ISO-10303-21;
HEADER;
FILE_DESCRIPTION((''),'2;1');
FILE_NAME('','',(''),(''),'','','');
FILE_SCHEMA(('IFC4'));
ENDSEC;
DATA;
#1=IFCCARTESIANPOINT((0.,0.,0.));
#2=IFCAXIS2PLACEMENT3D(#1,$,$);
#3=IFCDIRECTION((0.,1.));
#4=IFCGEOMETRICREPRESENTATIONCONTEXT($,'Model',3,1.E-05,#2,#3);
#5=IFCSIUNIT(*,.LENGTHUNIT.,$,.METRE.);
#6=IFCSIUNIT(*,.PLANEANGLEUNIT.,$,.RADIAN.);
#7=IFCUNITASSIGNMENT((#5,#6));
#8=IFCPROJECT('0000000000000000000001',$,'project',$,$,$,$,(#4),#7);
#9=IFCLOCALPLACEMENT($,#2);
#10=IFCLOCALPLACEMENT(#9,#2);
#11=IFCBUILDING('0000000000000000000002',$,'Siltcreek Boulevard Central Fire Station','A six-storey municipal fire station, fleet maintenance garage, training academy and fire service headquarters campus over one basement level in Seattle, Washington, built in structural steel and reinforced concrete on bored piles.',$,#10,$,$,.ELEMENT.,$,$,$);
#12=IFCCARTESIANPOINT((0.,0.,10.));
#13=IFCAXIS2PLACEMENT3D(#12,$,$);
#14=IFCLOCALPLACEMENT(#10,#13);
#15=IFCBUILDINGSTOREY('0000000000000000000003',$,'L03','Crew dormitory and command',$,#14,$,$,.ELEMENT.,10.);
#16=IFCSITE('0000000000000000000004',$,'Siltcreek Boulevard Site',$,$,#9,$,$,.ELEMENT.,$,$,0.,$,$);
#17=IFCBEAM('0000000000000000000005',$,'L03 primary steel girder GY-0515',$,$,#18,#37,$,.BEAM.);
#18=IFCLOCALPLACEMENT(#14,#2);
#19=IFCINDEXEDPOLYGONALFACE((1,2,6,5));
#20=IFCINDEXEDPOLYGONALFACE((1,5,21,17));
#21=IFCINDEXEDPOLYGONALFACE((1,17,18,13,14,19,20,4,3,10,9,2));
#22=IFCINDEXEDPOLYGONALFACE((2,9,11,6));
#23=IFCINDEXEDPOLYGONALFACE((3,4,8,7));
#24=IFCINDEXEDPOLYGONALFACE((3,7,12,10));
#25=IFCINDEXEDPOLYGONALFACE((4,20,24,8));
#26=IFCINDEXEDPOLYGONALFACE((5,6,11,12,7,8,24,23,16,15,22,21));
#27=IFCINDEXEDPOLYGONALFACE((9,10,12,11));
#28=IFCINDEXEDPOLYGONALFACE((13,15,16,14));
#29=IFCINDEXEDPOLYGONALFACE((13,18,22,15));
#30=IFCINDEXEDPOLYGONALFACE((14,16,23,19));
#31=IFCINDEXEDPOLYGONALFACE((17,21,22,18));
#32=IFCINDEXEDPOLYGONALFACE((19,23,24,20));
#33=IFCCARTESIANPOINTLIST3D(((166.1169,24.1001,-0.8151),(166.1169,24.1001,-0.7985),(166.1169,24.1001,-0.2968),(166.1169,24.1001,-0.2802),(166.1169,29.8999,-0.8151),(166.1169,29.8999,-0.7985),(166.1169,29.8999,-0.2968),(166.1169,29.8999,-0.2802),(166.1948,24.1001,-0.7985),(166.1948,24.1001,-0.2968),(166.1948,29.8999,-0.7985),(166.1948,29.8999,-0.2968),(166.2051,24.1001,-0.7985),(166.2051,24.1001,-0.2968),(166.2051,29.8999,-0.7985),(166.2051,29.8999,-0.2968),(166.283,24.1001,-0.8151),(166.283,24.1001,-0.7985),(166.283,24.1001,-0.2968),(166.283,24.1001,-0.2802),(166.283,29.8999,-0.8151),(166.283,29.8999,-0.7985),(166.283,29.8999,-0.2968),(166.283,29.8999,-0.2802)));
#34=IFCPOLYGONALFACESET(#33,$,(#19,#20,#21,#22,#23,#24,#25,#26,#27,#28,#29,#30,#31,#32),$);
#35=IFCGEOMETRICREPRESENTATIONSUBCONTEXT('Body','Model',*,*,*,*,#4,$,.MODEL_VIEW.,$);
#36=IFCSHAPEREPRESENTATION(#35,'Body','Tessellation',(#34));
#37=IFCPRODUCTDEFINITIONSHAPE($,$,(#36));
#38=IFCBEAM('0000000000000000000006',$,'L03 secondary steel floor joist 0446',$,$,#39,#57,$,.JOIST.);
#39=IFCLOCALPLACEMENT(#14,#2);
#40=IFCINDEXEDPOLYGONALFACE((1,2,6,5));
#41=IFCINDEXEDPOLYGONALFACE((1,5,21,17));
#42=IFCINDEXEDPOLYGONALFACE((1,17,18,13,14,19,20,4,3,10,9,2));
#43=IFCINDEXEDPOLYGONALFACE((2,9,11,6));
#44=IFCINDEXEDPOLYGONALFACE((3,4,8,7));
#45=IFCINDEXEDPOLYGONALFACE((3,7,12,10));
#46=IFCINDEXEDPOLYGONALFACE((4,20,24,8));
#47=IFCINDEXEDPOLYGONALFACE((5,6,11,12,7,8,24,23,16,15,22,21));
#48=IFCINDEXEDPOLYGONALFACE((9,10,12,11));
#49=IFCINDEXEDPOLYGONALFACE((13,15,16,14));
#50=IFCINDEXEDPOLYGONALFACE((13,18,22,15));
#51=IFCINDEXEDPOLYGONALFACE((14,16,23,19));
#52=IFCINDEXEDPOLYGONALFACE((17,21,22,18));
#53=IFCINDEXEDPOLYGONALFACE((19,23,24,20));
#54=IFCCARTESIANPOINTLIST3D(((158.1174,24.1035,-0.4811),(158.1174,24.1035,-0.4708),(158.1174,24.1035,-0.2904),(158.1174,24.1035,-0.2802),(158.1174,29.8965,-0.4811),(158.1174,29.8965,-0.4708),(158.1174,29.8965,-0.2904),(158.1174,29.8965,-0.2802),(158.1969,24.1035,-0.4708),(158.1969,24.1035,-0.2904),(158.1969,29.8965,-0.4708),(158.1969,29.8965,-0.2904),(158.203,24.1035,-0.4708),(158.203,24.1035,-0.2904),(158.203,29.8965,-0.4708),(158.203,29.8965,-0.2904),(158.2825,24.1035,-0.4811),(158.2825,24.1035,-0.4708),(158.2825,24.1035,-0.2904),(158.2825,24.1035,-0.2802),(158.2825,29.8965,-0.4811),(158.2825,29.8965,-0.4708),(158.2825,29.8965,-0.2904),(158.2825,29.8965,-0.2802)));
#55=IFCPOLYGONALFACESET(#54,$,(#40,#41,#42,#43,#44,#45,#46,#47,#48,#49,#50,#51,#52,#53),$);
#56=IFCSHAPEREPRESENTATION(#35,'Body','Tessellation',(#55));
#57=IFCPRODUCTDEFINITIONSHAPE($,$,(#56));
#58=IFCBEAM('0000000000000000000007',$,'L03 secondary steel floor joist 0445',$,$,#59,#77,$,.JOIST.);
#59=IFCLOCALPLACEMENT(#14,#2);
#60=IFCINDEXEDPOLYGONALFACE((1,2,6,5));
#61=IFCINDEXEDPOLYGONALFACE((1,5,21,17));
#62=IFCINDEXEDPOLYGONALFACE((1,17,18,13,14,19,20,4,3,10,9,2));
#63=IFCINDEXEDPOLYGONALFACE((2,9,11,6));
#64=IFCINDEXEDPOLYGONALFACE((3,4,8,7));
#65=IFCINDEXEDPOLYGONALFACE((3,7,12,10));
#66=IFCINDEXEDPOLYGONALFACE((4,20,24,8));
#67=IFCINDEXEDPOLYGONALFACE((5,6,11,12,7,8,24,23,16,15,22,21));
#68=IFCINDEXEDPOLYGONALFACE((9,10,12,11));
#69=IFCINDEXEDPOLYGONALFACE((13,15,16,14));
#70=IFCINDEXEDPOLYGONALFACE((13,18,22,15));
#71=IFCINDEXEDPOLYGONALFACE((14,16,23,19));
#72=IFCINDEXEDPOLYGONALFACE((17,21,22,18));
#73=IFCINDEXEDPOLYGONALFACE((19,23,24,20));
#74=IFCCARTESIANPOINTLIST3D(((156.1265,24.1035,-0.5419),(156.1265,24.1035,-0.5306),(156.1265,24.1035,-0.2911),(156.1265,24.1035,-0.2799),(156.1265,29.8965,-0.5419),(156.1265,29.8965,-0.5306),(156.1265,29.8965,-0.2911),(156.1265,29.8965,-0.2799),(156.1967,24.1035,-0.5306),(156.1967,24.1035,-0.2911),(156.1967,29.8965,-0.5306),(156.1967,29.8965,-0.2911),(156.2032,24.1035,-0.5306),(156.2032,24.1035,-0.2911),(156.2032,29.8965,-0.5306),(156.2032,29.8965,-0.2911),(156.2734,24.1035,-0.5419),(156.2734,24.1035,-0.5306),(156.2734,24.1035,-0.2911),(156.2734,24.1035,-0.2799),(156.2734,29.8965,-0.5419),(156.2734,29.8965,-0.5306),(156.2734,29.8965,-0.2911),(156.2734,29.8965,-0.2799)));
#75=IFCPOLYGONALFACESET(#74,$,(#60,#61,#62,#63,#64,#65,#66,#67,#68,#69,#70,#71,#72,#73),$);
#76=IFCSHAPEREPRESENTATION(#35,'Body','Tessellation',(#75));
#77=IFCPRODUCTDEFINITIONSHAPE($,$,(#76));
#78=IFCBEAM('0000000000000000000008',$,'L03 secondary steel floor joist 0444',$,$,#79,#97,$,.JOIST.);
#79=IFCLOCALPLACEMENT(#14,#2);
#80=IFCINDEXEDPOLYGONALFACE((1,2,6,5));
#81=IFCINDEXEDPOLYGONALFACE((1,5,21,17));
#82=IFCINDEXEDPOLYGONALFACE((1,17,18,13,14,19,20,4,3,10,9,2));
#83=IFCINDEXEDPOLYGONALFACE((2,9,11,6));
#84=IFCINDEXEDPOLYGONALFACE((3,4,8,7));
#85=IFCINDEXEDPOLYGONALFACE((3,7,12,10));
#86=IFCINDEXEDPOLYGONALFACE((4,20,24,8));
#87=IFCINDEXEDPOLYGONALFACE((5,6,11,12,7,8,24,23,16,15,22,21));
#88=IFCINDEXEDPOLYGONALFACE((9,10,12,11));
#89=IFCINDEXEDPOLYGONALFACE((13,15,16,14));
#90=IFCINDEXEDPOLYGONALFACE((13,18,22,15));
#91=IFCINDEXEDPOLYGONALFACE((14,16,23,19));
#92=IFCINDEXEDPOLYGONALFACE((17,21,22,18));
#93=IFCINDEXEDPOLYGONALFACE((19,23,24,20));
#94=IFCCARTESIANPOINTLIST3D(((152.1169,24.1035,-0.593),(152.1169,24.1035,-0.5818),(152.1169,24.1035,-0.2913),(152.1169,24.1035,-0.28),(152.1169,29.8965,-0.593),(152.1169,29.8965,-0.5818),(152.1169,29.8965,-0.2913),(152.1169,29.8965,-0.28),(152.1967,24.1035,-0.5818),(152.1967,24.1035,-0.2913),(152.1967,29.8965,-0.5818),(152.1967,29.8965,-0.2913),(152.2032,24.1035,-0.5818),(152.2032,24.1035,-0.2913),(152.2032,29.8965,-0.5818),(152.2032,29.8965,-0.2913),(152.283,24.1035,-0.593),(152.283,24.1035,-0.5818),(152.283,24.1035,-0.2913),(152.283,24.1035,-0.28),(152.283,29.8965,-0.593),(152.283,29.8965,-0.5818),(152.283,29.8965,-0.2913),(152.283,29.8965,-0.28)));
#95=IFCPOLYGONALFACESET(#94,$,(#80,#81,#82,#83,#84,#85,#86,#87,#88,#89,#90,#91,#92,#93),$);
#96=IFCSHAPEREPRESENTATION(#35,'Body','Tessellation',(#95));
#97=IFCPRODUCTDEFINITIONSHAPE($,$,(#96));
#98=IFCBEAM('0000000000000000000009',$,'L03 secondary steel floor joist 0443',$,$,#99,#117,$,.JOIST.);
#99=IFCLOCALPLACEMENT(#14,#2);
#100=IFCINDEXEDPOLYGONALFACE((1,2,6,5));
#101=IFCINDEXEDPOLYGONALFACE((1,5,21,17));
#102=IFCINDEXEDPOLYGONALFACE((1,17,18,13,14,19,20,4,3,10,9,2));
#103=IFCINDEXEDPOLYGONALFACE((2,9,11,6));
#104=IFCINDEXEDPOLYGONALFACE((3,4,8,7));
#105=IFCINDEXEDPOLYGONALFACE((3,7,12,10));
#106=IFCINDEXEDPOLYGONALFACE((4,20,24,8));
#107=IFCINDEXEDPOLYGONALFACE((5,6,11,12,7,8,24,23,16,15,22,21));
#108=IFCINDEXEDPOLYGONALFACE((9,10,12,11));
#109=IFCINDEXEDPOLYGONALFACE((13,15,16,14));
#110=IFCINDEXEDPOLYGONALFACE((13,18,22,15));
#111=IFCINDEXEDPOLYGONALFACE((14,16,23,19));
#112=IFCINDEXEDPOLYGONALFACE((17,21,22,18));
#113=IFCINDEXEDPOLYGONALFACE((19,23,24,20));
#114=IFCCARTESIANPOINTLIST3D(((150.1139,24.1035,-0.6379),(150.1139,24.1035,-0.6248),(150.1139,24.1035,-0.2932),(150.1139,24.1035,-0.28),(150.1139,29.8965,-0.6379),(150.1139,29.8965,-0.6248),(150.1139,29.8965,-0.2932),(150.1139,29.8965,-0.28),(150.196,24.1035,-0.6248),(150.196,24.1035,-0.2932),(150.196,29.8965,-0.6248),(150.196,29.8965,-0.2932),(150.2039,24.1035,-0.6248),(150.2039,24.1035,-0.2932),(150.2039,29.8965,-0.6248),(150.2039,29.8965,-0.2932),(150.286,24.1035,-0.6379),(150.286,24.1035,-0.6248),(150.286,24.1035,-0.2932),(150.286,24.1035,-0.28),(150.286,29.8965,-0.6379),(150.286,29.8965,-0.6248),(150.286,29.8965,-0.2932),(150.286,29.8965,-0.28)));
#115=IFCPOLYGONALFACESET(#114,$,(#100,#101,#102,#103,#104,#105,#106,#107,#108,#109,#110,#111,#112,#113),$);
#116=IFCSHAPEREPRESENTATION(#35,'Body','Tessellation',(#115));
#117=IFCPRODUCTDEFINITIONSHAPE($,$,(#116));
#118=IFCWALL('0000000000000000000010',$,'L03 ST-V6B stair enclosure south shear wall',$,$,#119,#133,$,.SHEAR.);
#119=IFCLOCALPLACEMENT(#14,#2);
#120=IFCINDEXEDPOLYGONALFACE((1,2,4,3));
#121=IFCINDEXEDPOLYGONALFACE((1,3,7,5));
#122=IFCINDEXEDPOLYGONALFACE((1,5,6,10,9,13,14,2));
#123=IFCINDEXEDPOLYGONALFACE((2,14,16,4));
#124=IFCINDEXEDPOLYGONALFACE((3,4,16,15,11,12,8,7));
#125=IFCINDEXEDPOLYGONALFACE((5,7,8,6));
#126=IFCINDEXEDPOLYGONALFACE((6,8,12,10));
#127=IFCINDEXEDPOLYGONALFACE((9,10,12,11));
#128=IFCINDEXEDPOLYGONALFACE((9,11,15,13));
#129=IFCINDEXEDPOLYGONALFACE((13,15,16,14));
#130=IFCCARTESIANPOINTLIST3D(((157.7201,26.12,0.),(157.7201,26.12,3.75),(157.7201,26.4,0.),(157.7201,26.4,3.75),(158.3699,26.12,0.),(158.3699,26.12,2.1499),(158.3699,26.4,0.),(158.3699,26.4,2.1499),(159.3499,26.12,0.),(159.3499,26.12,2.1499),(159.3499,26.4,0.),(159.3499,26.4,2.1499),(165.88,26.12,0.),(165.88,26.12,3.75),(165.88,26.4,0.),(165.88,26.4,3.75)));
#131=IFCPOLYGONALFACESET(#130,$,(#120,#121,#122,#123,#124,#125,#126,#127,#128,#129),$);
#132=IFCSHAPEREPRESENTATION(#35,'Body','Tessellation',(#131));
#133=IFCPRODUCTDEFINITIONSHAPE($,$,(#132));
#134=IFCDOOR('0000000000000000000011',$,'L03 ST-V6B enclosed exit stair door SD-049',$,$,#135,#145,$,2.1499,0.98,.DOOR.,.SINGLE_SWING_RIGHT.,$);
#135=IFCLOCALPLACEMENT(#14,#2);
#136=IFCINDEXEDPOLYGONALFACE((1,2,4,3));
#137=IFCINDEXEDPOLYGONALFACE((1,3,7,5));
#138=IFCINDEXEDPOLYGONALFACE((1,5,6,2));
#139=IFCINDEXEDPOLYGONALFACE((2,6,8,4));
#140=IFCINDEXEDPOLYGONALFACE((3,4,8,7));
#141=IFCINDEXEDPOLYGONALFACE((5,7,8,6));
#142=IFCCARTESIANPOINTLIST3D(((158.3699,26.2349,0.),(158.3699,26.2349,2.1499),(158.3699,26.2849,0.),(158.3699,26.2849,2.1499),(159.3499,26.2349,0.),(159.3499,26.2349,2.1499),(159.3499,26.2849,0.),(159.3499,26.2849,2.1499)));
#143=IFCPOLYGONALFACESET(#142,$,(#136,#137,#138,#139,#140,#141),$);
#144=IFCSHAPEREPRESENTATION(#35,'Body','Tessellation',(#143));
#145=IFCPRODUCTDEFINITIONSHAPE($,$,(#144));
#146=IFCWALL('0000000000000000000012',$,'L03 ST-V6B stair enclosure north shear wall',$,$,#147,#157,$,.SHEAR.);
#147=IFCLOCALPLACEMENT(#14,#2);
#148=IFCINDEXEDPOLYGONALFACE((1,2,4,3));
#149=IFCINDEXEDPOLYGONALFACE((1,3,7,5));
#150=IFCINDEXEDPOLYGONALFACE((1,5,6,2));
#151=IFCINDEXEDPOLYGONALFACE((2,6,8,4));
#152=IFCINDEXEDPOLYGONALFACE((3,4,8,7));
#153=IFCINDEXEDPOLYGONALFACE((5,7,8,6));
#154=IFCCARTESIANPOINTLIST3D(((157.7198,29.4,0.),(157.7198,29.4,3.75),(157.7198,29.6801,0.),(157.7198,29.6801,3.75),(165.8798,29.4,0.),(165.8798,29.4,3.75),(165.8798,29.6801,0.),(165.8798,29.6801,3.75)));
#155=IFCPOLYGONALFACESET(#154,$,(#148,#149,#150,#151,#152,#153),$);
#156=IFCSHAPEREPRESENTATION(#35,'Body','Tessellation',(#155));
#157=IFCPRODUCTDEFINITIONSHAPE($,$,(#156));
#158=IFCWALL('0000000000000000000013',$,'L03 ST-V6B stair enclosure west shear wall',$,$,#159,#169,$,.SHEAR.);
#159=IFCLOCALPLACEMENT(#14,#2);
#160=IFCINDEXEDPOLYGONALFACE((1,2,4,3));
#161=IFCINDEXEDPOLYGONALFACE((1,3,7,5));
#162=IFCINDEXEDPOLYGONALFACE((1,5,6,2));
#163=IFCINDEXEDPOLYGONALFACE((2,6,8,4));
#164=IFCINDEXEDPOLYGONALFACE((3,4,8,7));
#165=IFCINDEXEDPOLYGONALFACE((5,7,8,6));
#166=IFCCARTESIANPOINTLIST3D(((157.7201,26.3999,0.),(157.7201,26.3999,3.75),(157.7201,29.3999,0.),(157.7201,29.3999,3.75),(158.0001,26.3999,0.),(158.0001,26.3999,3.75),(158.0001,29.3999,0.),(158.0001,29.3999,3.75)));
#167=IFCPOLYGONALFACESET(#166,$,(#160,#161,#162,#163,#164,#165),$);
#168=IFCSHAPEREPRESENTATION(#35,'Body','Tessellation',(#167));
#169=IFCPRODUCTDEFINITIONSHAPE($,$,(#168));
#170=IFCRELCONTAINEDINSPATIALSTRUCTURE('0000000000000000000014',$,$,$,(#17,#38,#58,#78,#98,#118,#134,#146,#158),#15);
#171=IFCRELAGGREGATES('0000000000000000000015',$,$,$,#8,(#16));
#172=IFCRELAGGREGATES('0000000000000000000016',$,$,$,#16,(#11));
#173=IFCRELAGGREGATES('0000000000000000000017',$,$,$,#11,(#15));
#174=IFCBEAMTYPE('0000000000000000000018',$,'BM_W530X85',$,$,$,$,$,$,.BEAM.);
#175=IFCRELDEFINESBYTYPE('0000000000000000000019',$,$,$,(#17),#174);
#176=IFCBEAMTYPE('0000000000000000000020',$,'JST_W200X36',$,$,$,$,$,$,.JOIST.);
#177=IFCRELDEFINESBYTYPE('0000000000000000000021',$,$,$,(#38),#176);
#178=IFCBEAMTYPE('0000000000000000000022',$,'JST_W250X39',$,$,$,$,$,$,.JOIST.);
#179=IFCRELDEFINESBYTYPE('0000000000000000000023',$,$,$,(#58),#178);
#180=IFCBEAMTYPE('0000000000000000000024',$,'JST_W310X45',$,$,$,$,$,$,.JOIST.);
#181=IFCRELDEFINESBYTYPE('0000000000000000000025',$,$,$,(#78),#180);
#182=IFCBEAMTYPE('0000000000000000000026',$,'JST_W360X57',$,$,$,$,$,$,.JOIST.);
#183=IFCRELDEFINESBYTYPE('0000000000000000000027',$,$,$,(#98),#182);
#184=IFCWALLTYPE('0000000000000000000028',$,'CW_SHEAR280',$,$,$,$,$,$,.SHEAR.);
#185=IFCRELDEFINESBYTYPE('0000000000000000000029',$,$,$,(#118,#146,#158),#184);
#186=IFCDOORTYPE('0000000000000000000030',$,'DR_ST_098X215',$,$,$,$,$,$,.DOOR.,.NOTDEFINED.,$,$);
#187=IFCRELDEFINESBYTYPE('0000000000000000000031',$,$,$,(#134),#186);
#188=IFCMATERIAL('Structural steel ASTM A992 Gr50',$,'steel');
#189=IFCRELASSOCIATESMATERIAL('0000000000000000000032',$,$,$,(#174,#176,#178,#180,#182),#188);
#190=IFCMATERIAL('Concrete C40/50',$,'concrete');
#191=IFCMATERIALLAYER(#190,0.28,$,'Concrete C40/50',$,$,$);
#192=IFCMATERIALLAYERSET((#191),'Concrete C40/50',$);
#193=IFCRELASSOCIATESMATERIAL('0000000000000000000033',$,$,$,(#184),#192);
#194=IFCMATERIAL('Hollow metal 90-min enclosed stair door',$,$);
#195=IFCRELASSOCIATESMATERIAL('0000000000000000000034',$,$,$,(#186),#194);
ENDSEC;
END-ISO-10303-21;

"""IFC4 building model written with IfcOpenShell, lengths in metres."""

from ifc_helpers import new_model, si_unit, direction, frame, frame_2d, origin, origin_2d, place, context, subcontext, project, spatial, rectangle, i_section, extrude, material, layer, layer_set, material_profile, profile_set, type_object, element, fill, save


model = new_model("IFC4")

# Units and contexts
model_context = context("Model", 3, precision=1e-05, world=origin(), true_north=direction((0.0, 1.0)))
body_context = subcontext(model_context, "Body", "Model", "MODEL_VIEW")
ifc_project = project(units=[si_unit("LENGTHUNIT", "METRE"), si_unit("PLANEANGLEUNIT", "RADIAN")], contexts=[model_context])

# Site, building, storey
site_placement = place(None, origin())
site = spatial("IfcSite", under=ifc_project, at=site_placement, Name="Siltcreek Boulevard Site", CompositionType="ELEMENT", RefElevation=0.0)
building_placement = place(site_placement, origin())
building = spatial("IfcBuilding", under=site, at=building_placement, Name="Siltcreek Boulevard Central Fire Station", Description="A six-storey municipal fire station, fleet maintenance garage, training academy and fire service headquarters campus over one basement level in Seattle, Washington, built in structural steel and reinforced concrete on bored piles.", CompositionType="ELEMENT")
storey_placement = place(building_placement, frame((0.0, 0.0, 10.0)))
storey = spatial("IfcBuildingStorey", under=building, at=storey_placement, Name="L03", Description="Crew dormitory and command", CompositionType="ELEMENT", Elevation=10.0)

# Shared definitions
ifc_material_1 = material(Name="Structural steel ASTM A992 Gr50", Category="steel")

# Beams
ifc_material_profile_1 = material_profile(ifc_material_1, i_section(OverallWidth=0.166, OverallDepth=0.5349, WebThickness=0.0103, FlangeThickness=0.0166, at=origin_2d()), Name="W530X85")
ifc_profile_set_1 = profile_set([ifc_material_profile_1], Name="Structural steel ASTM A992 Gr50")
beam_type_1 = type_object("IfcBeamType", Name="BM_W530X85", PredefinedType="BEAM", material=ifc_profile_set_1)
for number, where, z_axis, x_axis, name in (
    (1, (166.2, 24.1001, -0.5476), (0.0, 1.0, 0.0), (-1.0, 0.0, 0.0), "L03 primary steel girder GY-0515"),
):
    element("IfcBeam", number, at=place(storey_placement, frame(where, z_axis=z_axis, x_axis=x_axis)), inside=storey, type_object=beam_type_1, Name=name, PredefinedType="BEAM", context=body_context, shape_type="SweptSolid", body=[
        extrude(i_section(OverallWidth=0.166, OverallDepth=0.5349, WebThickness=0.0103, FlangeThickness=0.0166, at=origin_2d()), origin(), (0.0, 0.0, 1.0), 5.7998),
    ])
ifc_material_profile_2 = material_profile(ifc_material_1, i_section(OverallWidth=0.165, OverallDepth=0.2009, WebThickness=0.0061, FlangeThickness=0.0103, at=origin_2d()), Name="W200X36")
ifc_profile_set_2 = profile_set([ifc_material_profile_2], Name="Structural steel ASTM A992 Gr50")
beam_type_2 = type_object("IfcBeamType", Name="JST_W200X36", PredefinedType="JOIST", material=ifc_profile_set_2)
beam_1_placement = place(storey_placement, frame((158.2, 24.1035, -0.3806), z_axis=(0.0, 1.0, 0.0), x_axis=(-1.0, 0.0, 0.0)))
element("IfcBeam", 2, at=beam_1_placement, inside=storey, type_object=beam_type_2, Name="L03 secondary steel floor joist 0446", PredefinedType="JOIST", context=body_context, shape_type="SweptSolid", body=[
    extrude(i_section(OverallWidth=0.165, OverallDepth=0.2009, WebThickness=0.0061, FlangeThickness=0.0103, at=origin_2d()), origin(), (0.0, 0.0, 1.0), 5.793),
])
ifc_material_profile_3 = material_profile(ifc_material_1, i_section(OverallWidth=0.147, OverallDepth=0.262, WebThickness=0.0066, FlangeThickness=0.0112, at=origin_2d()), Name="W250X39")
ifc_profile_set_3 = profile_set([ifc_material_profile_3], Name="Structural steel ASTM A992 Gr50")
beam_type_3 = type_object("IfcBeamType", Name="JST_W250X39", PredefinedType="JOIST", material=ifc_profile_set_3)
beam_2_placement = place(storey_placement, frame((156.2, 24.1035, -0.4109), z_axis=(0.0, 1.0, 0.0), x_axis=(-1.0, 0.0, 0.0)))
element("IfcBeam", 3, at=beam_2_placement, inside=storey, type_object=beam_type_3, Name="L03 secondary steel floor joist 0445", PredefinedType="JOIST", context=body_context, shape_type="SweptSolid", body=[
    extrude(i_section(OverallWidth=0.147, OverallDepth=0.262, WebThickness=0.0066, FlangeThickness=0.0112, at=origin_2d()), origin(), (0.0, 0.0, 1.0), 5.793),
])
ifc_material_profile_4 = material_profile(ifc_material_1, i_section(OverallWidth=0.166, OverallDepth=0.313, WebThickness=0.0066, FlangeThickness=0.0112, at=origin_2d()), Name="W310X45")
ifc_profile_set_4 = profile_set([ifc_material_profile_4], Name="Structural steel ASTM A992 Gr50")
beam_type_4 = type_object("IfcBeamType", Name="JST_W310X45", PredefinedType="JOIST", material=ifc_profile_set_4)
beam_3_placement = place(storey_placement, frame((152.2, 24.1035, -0.4365), z_axis=(0.0, 1.0, 0.0), x_axis=(-1.0, 0.0, 0.0)))
element("IfcBeam", 4, at=beam_3_placement, inside=storey, type_object=beam_type_4, Name="L03 secondary steel floor joist 0444", PredefinedType="JOIST", context=body_context, shape_type="SweptSolid", body=[
    extrude(i_section(OverallWidth=0.166, OverallDepth=0.313, WebThickness=0.0066, FlangeThickness=0.0112, at=origin_2d()), origin(), (0.0, 0.0, 1.0), 5.793),
])
ifc_material_profile_5 = material_profile(ifc_material_1, i_section(OverallWidth=0.1721, OverallDepth=0.3579, WebThickness=0.0078, FlangeThickness=0.0132, at=origin_2d()), Name="W360X57")
ifc_profile_set_5 = profile_set([ifc_material_profile_5], Name="Structural steel ASTM A992 Gr50")
beam_type_5 = type_object("IfcBeamType", Name="JST_W360X57", PredefinedType="JOIST", material=ifc_profile_set_5)
beam_4_placement = place(storey_placement, frame((150.2, 24.1035, -0.459), z_axis=(0.0, 1.0, 0.0), x_axis=(-1.0, 0.0, 0.0)))
element("IfcBeam", 5, at=beam_4_placement, inside=storey, type_object=beam_type_5, Name="L03 secondary steel floor joist 0443", PredefinedType="JOIST", context=body_context, shape_type="SweptSolid", body=[
    extrude(i_section(OverallWidth=0.1721, OverallDepth=0.3579, WebThickness=0.0078, FlangeThickness=0.0132, at=origin_2d()), origin(), (0.0, 0.0, 1.0), 5.793),
])

# Wall, opening, door
ifc_material_2 = material(Name="Concrete C40/50", Category="concrete")
ifc_layer_1 = layer(ifc_material_2, 0.28, Name="Concrete C40/50")
ifc_layer_set_1 = layer_set([ifc_layer_1], Name="Concrete C40/50")
wall_type_1 = type_object("IfcWallType", Name="CW_SHEAR280", PredefinedType="SHEAR", material=ifc_layer_set_1)
wall_1_placement = place(storey_placement, frame((157.72, 26.26, 0.0), z_axis=(0.0, 0.0, 1.0), x_axis=(1.0, 0.0, 0.0)))
wall_1 = element("IfcWall", 6, at=wall_1_placement, inside=storey, type_object=wall_type_1, Name="L03 ST-V6B stair enclosure south shear wall", PredefinedType="SHEAR", context=body_context, shape_type="SweptSolid", body=[
    extrude(rectangle(XDim=8.1599, YDim=0.28, at=frame_2d((4.0801, 0.0))), origin(), (0.0, 0.0, 1.0), 3.75),
])
opening_1_placement = place(wall_1_placement, frame((0.6499, 0.0, 0.0)))
opening_1 = element("IfcOpeningElement", 7, at=opening_1_placement, cuts=wall_1, PredefinedType="OPENING", context=body_context, shape_type="SweptSolid", body=[
    extrude(rectangle(XDim=0.98, YDim=2.1499, at=frame_2d((0.49, 1.075))), frame((0.0, 0.1499, 0.0), z_axis=(0.0, -1.0, 0.0), x_axis=(1.0, 0.0, 0.0)), (0.0, 0.0, 1.0), 0.3),
])
ifc_material_3 = material(Name="Hollow metal 90-min enclosed stair door")
door_type_1 = type_object("IfcDoorType", Name="DR_ST_098X215", OperationType="NOTDEFINED", PredefinedType="DOOR", material=ifc_material_3)
door_1_placement = place(opening_1_placement, origin())
door_1 = element("IfcDoor", 8, at=door_1_placement, inside=storey, type_object=door_type_1, Name="L03 ST-V6B enclosed exit stair door SD-049", OperationType="SINGLE_SWING_RIGHT", OverallHeight=2.1499, OverallWidth=0.98, PredefinedType="DOOR", context=body_context, shape_type="SweptSolid", body=[
    extrude(rectangle(XDim=0.98, YDim=2.1499, at=frame_2d((0.49, 1.075))), frame((0.0, 0.0249, 0.0), z_axis=(0.0, -1.0, 0.0), x_axis=(1.0, 0.0, 0.0)), (0.0, 0.0, 1.0), 0.05),
])
fill(opening_1, door_1)

# Walls
wall_2_placement = place(storey_placement, frame((165.8799, 29.54, 0.0), z_axis=(0.0, 0.0, 1.0), x_axis=(-1.0, 0.0, 0.0)))
element("IfcWall", 9, at=wall_2_placement, inside=storey, type_object=wall_type_1, Name="L03 ST-V6B stair enclosure north shear wall", PredefinedType="SHEAR", context=body_context, shape_type="SweptSolid", body=[
    extrude(rectangle(XDim=8.1599, YDim=0.28, at=frame_2d((4.0801, 0.0))), origin(), (0.0, 0.0, 1.0), 3.75),
])
for number, where, z_axis, x_axis, name in (
    (10, (157.8601, 29.3999, 0.0), (0.0, 0.0, 1.0), (0.0, -1.0, 0.0), "L03 ST-V6B stair enclosure west shear wall"),
):
    element("IfcWall", number, at=place(storey_placement, frame(where, z_axis=z_axis, x_axis=x_axis)), inside=storey, type_object=wall_type_1, Name=name, PredefinedType="SHEAR", context=body_context, shape_type="SweptSolid", body=[
        extrude(rectangle(XDim=3.0, YDim=0.28, at=frame_2d((1.5, 0.0))), origin(), (0.0, 0.0, 1.0), 3.75),
    ])

save(model, "model.ifc")
